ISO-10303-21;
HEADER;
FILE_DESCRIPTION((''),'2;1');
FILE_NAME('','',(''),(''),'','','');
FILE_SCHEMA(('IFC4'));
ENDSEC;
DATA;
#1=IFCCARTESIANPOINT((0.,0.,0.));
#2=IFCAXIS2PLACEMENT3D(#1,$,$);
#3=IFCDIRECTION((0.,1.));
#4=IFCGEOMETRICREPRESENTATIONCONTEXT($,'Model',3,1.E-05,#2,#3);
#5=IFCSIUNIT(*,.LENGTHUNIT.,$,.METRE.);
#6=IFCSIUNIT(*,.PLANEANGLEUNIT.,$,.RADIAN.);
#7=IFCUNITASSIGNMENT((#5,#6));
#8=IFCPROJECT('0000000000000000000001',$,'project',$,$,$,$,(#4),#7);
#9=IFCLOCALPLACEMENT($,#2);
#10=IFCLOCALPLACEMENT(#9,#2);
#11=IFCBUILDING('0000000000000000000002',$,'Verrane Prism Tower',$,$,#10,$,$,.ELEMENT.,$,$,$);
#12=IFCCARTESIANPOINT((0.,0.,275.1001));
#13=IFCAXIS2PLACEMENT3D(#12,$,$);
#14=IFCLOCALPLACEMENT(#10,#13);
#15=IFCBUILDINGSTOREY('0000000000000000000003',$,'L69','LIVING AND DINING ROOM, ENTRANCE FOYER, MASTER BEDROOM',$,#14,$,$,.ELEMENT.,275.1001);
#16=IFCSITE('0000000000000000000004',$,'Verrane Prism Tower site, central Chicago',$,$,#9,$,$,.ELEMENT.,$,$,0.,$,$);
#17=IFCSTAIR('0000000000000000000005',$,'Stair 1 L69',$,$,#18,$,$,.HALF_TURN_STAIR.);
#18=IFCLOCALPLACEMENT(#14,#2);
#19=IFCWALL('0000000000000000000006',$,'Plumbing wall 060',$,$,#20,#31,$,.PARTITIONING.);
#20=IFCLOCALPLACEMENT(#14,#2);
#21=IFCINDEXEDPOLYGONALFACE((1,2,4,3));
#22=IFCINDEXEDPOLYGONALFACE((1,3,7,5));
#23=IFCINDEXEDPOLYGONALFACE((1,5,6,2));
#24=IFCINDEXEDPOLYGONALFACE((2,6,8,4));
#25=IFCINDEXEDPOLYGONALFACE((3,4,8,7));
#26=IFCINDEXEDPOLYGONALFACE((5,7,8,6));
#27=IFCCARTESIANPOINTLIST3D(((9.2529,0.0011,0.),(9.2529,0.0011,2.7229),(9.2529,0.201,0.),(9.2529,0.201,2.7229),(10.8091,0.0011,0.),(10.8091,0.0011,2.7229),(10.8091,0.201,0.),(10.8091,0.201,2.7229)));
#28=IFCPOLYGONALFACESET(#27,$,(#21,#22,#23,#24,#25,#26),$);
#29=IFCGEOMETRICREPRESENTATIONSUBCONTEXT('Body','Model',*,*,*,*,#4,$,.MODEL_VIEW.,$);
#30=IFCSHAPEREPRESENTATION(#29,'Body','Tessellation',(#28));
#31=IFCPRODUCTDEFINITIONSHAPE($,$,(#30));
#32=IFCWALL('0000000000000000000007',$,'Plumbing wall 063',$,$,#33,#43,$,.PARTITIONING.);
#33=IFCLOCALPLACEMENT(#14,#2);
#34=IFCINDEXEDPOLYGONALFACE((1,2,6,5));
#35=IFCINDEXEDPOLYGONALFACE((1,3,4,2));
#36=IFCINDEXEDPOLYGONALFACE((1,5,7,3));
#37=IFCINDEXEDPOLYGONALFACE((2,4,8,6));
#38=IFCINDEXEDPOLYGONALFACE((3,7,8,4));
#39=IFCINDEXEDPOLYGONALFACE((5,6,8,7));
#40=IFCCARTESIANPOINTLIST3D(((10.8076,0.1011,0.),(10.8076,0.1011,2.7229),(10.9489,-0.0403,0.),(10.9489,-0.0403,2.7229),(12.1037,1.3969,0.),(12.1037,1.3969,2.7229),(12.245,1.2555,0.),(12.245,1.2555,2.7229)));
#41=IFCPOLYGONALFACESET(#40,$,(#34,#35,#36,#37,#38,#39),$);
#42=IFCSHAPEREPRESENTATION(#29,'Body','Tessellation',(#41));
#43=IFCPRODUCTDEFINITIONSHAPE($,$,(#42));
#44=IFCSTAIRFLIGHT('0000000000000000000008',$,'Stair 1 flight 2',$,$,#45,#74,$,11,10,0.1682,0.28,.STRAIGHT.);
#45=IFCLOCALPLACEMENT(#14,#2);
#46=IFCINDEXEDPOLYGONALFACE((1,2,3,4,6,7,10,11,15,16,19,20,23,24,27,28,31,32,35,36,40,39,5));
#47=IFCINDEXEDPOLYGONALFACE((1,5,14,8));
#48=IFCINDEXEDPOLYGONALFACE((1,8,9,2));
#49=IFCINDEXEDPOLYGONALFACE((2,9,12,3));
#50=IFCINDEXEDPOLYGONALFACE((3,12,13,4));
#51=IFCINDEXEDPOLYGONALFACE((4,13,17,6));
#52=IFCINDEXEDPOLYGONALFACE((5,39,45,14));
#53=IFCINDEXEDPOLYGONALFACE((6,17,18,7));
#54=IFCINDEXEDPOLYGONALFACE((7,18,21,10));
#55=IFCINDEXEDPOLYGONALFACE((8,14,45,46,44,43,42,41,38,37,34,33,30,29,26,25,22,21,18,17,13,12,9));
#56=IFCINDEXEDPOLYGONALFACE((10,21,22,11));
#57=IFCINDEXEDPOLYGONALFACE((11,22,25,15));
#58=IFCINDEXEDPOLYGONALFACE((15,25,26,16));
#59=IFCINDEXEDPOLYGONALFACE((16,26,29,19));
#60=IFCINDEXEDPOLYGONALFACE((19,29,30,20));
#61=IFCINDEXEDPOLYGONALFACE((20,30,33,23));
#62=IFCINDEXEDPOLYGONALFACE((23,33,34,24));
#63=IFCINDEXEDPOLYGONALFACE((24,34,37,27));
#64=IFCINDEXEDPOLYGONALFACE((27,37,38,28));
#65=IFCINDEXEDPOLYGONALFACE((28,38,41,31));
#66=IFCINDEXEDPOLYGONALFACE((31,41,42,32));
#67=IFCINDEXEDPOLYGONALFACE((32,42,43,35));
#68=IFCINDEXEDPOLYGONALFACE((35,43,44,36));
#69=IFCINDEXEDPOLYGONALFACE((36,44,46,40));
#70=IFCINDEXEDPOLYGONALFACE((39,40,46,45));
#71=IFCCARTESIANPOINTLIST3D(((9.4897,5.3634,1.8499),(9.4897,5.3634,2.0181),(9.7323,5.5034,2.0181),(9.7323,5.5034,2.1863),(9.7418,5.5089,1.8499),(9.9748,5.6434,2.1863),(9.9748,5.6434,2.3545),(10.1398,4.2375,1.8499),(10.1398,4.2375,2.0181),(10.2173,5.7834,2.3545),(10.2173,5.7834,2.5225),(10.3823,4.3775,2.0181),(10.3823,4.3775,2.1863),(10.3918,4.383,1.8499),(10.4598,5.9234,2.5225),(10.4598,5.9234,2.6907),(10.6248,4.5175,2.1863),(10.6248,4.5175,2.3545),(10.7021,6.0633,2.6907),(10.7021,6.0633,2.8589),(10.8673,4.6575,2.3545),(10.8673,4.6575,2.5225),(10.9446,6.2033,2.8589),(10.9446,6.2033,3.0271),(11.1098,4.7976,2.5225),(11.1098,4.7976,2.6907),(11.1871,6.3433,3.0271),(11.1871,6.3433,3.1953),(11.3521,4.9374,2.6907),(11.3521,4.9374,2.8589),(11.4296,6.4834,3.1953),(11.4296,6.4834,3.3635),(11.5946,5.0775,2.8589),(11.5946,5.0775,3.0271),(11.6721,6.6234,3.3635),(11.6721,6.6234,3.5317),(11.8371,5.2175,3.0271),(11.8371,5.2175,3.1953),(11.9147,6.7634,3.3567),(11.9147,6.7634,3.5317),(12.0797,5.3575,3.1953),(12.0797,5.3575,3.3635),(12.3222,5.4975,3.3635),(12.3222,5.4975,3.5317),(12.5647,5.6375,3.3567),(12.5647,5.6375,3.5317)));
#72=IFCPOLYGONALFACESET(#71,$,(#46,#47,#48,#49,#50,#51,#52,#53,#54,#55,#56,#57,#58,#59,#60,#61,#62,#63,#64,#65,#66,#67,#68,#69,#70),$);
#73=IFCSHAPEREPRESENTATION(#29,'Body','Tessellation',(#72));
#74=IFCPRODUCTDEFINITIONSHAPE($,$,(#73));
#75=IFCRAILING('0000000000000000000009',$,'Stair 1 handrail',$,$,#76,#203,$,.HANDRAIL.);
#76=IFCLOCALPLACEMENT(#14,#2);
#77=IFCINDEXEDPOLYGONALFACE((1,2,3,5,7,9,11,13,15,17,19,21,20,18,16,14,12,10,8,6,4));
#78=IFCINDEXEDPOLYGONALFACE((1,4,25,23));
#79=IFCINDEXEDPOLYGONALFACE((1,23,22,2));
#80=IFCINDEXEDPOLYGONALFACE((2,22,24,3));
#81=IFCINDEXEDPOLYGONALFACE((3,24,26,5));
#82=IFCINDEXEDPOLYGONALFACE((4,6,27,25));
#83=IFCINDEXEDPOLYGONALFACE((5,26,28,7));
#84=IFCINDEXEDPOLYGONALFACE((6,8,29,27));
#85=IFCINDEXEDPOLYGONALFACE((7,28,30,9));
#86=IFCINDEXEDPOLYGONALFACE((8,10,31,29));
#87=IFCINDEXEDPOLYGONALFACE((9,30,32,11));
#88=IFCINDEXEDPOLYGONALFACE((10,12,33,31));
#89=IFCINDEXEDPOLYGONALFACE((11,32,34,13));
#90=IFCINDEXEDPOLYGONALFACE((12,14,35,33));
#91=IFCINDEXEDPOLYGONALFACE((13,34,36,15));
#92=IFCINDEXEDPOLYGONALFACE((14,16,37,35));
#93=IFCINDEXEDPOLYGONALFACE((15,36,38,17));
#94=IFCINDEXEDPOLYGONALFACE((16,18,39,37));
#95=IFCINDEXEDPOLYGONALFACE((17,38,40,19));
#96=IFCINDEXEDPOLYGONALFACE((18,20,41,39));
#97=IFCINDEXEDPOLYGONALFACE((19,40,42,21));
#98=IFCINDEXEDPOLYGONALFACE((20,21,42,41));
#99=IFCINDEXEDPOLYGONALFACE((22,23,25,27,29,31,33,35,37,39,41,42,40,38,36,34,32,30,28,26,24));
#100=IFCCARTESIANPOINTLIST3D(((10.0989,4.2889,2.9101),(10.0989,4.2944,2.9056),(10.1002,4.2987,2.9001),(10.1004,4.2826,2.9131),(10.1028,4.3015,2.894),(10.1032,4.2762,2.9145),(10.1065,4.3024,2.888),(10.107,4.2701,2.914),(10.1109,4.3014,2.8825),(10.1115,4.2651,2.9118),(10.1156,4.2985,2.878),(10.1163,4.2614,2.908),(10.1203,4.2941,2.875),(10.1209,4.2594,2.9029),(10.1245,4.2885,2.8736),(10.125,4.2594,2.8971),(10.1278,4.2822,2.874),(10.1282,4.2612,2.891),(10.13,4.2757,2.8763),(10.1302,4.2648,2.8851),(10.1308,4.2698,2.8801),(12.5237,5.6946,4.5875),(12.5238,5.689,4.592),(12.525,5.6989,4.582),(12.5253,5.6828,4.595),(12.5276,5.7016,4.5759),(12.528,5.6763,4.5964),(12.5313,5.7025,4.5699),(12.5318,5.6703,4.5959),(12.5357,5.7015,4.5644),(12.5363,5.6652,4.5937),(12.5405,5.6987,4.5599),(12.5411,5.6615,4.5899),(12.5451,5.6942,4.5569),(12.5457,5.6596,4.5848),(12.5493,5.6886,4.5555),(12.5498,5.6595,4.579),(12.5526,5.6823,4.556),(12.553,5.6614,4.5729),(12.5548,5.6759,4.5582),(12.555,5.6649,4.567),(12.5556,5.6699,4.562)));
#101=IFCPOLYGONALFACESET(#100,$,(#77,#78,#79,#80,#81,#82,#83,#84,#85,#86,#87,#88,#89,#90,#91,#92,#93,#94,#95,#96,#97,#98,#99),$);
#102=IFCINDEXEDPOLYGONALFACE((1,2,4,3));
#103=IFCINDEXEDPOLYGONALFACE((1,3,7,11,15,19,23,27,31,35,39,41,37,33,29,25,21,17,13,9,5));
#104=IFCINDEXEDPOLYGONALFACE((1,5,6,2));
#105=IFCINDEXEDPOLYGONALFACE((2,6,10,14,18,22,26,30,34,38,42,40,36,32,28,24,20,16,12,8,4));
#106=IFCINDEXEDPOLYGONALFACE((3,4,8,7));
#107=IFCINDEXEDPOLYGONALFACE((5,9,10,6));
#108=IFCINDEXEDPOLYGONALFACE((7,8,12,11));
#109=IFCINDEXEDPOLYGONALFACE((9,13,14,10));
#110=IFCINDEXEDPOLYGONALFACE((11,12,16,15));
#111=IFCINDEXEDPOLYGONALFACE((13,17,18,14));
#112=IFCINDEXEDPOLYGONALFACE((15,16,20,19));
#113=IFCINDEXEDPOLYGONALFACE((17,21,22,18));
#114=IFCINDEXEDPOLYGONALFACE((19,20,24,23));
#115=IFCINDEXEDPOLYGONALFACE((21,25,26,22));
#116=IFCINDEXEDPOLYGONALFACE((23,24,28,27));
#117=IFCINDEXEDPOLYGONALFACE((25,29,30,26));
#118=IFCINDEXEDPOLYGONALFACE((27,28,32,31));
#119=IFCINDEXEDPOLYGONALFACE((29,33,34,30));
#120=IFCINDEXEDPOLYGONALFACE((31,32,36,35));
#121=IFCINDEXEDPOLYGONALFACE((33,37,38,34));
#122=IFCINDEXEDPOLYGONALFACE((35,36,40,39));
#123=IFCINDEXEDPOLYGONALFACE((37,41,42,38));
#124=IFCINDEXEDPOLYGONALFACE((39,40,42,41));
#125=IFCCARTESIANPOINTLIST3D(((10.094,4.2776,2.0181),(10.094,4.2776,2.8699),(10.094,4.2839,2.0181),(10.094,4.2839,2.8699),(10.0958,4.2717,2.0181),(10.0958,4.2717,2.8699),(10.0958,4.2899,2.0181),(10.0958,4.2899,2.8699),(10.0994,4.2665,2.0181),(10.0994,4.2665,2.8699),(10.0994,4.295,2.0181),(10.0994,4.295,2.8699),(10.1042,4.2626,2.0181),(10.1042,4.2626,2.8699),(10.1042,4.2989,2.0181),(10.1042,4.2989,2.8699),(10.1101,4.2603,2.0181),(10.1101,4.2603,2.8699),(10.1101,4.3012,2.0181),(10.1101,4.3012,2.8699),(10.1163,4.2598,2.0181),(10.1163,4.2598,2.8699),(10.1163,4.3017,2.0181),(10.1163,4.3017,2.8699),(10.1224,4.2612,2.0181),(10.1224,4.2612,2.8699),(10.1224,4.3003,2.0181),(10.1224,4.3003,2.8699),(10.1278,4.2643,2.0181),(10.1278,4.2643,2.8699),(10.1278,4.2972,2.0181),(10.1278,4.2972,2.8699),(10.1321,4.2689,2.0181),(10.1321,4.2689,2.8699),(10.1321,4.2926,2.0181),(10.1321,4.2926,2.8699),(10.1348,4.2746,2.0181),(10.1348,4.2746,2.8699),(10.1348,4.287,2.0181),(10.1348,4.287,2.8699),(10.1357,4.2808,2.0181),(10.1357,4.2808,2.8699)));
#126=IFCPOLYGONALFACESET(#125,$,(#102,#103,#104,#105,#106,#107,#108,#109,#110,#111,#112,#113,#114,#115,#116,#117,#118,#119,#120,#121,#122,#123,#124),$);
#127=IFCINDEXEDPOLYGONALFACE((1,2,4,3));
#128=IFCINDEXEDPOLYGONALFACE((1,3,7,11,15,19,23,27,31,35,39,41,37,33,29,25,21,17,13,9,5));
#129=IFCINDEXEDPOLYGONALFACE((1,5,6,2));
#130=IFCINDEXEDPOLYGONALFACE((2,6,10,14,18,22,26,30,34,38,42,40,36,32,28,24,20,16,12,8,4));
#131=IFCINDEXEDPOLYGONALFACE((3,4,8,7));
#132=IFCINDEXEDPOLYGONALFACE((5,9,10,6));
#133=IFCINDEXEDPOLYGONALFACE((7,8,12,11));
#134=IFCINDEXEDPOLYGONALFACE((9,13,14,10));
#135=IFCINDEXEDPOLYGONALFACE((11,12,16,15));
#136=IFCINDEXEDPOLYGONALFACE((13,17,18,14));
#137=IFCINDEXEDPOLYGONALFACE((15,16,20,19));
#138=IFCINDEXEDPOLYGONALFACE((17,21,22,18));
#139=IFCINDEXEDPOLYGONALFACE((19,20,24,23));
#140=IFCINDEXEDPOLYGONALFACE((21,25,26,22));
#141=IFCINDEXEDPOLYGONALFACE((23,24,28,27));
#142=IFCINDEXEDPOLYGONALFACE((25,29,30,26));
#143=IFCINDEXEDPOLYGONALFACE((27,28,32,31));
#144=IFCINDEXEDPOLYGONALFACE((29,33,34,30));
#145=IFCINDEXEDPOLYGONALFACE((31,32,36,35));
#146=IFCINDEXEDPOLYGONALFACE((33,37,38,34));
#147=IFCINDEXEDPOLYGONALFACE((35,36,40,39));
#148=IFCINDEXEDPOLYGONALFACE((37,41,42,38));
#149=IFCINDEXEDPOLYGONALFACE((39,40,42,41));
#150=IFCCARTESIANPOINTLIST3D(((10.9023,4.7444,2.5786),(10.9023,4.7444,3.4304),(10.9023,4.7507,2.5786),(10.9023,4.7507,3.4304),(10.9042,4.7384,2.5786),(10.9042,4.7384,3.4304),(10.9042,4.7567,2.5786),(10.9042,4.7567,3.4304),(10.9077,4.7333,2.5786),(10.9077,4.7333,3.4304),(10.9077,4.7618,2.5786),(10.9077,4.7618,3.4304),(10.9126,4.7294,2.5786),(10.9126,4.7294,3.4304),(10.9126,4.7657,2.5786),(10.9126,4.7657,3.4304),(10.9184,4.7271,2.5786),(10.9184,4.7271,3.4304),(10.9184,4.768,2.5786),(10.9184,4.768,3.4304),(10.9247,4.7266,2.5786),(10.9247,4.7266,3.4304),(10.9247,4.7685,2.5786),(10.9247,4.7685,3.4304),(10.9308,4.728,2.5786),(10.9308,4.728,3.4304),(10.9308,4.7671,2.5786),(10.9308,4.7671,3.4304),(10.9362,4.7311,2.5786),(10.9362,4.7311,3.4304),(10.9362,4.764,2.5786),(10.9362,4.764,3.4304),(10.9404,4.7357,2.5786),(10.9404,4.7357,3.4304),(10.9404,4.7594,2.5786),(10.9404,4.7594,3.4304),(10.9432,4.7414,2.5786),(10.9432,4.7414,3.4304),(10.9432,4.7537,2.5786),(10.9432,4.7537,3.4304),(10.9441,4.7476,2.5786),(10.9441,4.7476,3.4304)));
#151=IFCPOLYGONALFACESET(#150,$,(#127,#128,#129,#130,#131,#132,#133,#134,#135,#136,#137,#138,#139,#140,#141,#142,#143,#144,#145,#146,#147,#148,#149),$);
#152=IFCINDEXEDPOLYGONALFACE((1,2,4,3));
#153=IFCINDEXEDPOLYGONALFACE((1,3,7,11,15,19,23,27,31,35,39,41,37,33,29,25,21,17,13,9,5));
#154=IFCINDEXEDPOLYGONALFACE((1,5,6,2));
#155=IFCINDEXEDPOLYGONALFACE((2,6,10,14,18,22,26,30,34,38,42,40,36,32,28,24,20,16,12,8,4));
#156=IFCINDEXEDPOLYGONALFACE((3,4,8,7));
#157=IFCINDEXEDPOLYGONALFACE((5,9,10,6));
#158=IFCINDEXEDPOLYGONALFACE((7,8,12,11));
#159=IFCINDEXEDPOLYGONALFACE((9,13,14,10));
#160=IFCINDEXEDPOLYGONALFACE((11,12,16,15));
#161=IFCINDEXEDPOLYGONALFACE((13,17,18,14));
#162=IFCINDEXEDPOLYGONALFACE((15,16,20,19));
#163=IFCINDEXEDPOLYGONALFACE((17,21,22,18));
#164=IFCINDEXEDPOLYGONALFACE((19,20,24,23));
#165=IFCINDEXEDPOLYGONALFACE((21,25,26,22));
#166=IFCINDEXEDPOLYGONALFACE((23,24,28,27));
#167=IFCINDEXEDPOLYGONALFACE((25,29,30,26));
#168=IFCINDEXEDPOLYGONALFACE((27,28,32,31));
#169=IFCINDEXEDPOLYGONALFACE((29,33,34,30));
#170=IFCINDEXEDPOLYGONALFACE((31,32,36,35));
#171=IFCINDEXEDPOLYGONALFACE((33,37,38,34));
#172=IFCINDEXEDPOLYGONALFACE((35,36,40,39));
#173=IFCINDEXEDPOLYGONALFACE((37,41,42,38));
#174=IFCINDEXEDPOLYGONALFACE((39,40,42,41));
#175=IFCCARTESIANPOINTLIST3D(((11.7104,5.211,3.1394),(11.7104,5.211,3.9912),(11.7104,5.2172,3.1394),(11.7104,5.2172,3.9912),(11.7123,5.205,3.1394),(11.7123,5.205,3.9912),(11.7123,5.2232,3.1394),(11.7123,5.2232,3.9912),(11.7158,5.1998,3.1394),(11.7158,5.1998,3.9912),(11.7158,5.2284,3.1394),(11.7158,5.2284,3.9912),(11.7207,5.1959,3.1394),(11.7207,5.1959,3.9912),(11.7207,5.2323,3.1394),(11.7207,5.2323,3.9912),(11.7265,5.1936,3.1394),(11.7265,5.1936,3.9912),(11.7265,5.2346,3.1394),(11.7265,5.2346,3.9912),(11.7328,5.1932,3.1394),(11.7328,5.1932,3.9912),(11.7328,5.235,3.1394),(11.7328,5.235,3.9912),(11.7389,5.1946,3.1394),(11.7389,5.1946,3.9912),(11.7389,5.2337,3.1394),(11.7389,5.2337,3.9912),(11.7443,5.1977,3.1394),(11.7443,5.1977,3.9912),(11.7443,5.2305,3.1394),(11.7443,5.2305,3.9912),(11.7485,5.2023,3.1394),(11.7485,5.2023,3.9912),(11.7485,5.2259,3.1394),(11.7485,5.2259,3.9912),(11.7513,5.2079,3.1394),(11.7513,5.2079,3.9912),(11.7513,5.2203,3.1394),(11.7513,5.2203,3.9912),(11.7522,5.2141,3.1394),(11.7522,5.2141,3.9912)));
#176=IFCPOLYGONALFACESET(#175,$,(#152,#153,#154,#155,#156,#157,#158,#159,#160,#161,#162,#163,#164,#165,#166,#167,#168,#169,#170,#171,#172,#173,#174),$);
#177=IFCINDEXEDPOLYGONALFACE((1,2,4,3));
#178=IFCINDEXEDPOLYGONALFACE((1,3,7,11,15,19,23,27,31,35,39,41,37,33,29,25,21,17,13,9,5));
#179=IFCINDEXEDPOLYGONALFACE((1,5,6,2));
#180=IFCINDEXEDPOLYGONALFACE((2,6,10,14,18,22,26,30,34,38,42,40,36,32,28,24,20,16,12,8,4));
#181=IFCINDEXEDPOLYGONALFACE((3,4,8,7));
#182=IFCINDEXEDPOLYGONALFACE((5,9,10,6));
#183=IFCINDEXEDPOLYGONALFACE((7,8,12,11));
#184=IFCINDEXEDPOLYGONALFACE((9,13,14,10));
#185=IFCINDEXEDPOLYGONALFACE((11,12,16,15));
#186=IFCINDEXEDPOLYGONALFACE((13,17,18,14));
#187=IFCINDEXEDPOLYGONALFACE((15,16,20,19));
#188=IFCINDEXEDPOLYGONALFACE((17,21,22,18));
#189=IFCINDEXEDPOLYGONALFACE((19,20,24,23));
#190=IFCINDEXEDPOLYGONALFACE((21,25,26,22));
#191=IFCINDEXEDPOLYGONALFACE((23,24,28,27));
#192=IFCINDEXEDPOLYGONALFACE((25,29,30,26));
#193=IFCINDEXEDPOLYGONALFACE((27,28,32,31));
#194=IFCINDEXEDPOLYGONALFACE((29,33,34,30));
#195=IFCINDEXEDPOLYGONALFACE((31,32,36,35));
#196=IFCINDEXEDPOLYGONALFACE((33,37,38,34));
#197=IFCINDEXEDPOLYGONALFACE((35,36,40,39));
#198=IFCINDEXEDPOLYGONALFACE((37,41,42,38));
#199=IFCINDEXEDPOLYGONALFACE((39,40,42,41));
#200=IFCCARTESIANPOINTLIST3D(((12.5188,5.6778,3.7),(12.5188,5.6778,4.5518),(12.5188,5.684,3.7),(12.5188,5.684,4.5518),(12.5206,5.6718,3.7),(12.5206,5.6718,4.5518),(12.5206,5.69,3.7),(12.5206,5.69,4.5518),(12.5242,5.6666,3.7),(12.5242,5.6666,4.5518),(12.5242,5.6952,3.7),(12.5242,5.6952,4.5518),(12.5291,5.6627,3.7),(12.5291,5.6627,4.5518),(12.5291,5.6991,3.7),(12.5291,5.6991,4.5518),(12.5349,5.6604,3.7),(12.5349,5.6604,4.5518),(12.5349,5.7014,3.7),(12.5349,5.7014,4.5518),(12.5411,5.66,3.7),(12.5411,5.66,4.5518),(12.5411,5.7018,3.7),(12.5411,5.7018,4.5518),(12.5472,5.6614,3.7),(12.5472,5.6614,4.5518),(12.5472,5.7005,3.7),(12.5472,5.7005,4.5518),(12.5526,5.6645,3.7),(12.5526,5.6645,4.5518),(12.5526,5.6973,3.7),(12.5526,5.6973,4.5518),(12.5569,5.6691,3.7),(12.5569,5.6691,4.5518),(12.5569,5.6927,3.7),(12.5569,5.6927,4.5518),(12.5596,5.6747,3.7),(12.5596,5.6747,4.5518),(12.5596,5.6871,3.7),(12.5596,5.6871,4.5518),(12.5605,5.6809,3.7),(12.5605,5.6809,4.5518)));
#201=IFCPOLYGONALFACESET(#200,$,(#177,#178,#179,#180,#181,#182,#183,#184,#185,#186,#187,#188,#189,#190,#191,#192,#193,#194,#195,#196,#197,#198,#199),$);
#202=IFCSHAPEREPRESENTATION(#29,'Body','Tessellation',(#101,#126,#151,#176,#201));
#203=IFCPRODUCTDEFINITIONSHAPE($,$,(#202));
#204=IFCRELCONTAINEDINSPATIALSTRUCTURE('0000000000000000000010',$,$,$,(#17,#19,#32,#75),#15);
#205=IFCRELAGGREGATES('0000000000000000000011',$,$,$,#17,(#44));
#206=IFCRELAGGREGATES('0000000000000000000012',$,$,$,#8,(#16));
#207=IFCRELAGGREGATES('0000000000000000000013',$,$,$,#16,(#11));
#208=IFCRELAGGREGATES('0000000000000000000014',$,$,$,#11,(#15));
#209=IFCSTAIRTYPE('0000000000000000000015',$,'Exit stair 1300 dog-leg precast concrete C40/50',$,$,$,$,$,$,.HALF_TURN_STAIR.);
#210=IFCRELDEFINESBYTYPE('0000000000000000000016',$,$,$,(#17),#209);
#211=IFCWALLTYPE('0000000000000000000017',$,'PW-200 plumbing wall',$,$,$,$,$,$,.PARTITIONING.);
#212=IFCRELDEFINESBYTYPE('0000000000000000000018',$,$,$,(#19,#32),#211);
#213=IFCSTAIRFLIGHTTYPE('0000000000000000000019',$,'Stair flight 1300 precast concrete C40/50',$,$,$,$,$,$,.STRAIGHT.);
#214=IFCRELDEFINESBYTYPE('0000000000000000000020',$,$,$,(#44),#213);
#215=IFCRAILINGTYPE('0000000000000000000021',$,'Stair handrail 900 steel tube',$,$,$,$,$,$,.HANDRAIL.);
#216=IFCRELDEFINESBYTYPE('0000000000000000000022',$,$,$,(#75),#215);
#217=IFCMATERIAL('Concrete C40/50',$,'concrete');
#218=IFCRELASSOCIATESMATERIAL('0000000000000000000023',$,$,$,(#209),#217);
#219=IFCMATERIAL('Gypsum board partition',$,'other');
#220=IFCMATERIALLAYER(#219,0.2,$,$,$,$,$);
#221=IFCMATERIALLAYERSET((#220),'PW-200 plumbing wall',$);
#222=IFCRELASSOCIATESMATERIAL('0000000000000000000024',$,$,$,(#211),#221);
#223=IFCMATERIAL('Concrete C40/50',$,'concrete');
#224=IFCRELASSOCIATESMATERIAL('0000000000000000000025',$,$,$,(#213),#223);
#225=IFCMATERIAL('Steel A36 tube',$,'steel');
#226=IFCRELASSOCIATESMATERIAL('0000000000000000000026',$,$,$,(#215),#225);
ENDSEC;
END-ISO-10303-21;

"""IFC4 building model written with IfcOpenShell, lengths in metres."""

from ifc_helpers import new_model, si_unit, direction, frame, frame_2d, origin, origin_2d, place, context, subcontext, project, spatial, polyline, rectangle, circle, outline, extrude, material, layer, layer_set, type_object, element, aggregate, save


model = new_model("IFC4")

# Units and contexts
model_context = context("Model", 3, precision=1e-05, world=origin(), true_north=direction((0.0, 1.0)))
body_context = subcontext(model_context, "Body", "Model", "MODEL_VIEW")
ifc_project = project(units=[si_unit("LENGTHUNIT", "METRE"), si_unit("PLANEANGLEUNIT", "RADIAN")], contexts=[model_context])

# Site, building, storey
site_placement = place(None, origin())
site = spatial("IfcSite", under=ifc_project, at=site_placement, Name="Verrane Prism Tower site, central Chicago", CompositionType="ELEMENT", RefElevation=0.0)
building_placement = place(site_placement, origin())
building = spatial("IfcBuilding", under=site, at=building_placement, Name="Verrane Prism Tower", CompositionType="ELEMENT")
storey_placement = place(building_placement, frame((0.0, 0.0, 275.1001)))
storey = spatial("IfcBuildingStorey", under=building, at=storey_placement, Name="L69", Description="LIVING AND DINING ROOM, ENTRANCE FOYER, MASTER BEDROOM", CompositionType="ELEMENT", Elevation=275.1001)

# Stair
ifc_material_1 = material(Name="Concrete C40/50", Category="concrete")
stair_type = type_object("IfcStairType", Name="Exit stair 1300 dog-leg precast concrete C40/50", PredefinedType="HALF_TURN_STAIR", material=ifc_material_1)
stair_1_placement = place(storey_placement, origin())
stair_1 = element("IfcStair", 1, at=stair_1_placement, inside=storey, type_object=stair_type, Name="Stair 1 L69", PredefinedType="HALF_TURN_STAIR")

# Walls
ifc_material_2 = material(Name="Gypsum board partition", Category="other")
ifc_layer_1 = layer(ifc_material_2, 0.2)
ifc_layer_set_1 = layer_set([ifc_layer_1], Name="PW-200 plumbing wall")
wall_type_1 = type_object("IfcWallType", Name="PW-200 plumbing wall", PredefinedType="PARTITIONING", material=ifc_layer_set_1)
wall_1_placement = place(storey_placement, frame((9.2529, 0.1011, 0.0), z_axis=(0.0, 0.0, 1.0), x_axis=(1.0, 0.0, 0.0)))
element("IfcWall", 2, at=wall_1_placement, inside=storey, type_object=wall_type_1, Name="Plumbing wall 060", PredefinedType="PARTITIONING", context=body_context, shape_type="SweptSolid", body=[
    extrude(rectangle(XDim=1.5562, YDim=0.2, at=frame_2d((0.7781, 0.0))), origin(), (0.0, 0.0, 1.0), 2.7229),
])
wall_2_placement = place(storey_placement, frame((10.8782, 0.0303, 0.0), z_axis=(0.0, 0.0, 1.0), x_axis=(0.707173, 0.70704, 0.0)))
element("IfcWall", 3, at=wall_2_placement, inside=storey, type_object=wall_type_1, Name="Plumbing wall 063", PredefinedType="PARTITIONING", context=body_context, shape_type="SweptSolid", body=[
    extrude(rectangle(XDim=1.8328, YDim=0.2, at=frame_2d((0.9165, 0.0))), origin(), (0.0, 0.0, 1.0), 2.7229),
])

# Stair flight
ifc_material_3 = material(Name="Concrete C40/50", Category="concrete")
stair_flight_type = type_object("IfcStairFlightType", Name="Stair flight 1300 precast concrete C40/50", PredefinedType="STRAIGHT", material=ifc_material_3)
stair_flight_placement = place(storey_placement, frame((9.8147, 4.8005, 1.8499), z_axis=(0.0, 0.0, 1.0), x_axis=(0.866025, 0.5, 0.0)))
stair_flight = element("IfcStairFlight", 4, at=stair_flight_placement, type_object=stair_flight_type, Name="Stair 1 flight 2", NumberOfRisers=11, NumberOfTreads=10, PredefinedType="STRAIGHT", RiserHeight=0.1682, TreadLength=0.28, context=body_context, shape_type="SweptSolid", body=[
    extrude(outline(polyline([(0.0, 0.0), (0.0, 0.1682), (0.28, 0.1682), (0.28, 0.3364), (0.5601, 0.3364), (0.5601, 0.5046), (0.8401, 0.5046), (0.8401, 0.6726), (1.1201, 0.6726), (1.1201, 0.8408), (1.3999, 0.8408), (1.3999, 1.009), (1.6799, 1.009), (1.6799, 1.1772), (1.96, 1.1772), (1.96, 1.3455), (2.24, 1.3455), (2.24, 1.5137), (2.52, 1.5137), (2.52, 1.6819), (2.8, 1.6819), (2.8, 1.8501), (2.8, 1.5068), (0.291, 0.0), (0.0, 0.0)])), frame((0.0, 0.6499, 0.0), z_axis=(0.0, -1.0, 0.0), x_axis=(1.0, 0.0, 0.0)), (0.0, 0.0, 1.0), 1.3),
])
aggregate(stair_1, [stair_flight])

# Railing
ifc_material_4 = material(Name="Steel A36 tube", Category="steel")
railing_type = type_object("IfcRailingType", Name="Stair handrail 900 steel tube", PredefinedType="HANDRAIL", material=ifc_material_4)
railing_placement = place(storey_placement, frame((10.1147, 4.2808, 2.0181)))
element("IfcRailing", 5, at=railing_placement, inside=storey, type_object=railing_type, Name="Stair 1 handrail", PredefinedType="HANDRAIL", context=body_context, shape_type="SweptSolid", body=[
    extrude(circle(Radius=0.0239, at=origin_2d()), frame((0.0, 0.0, 0.876), z_axis=(0.742367, 0.428662, 0.514918), x_axis=(-0.50005, 0.865997, 0.0)), (0.0, 0.0, 1.0), 3.2664),
    extrude(circle(Radius=0.021, at=origin_2d()), origin(), (0.0, 0.0, 1.0), 0.8518),
    extrude(circle(Radius=0.021, at=origin_2d()), frame((0.8083, 0.4668, 0.5605)), (0.0, 0.0, 1.0), 0.8518),
    extrude(circle(Radius=0.021, at=origin_2d()), frame((1.6165, 0.9333, 1.1213)), (0.0, 0.0, 1.0), 0.8518),
    extrude(circle(Radius=0.021, at=origin_2d()), frame((2.4248, 1.4001, 1.6819)), (0.0, 0.0, 1.0), 0.8518),
])

save(model, "model.ifc")
